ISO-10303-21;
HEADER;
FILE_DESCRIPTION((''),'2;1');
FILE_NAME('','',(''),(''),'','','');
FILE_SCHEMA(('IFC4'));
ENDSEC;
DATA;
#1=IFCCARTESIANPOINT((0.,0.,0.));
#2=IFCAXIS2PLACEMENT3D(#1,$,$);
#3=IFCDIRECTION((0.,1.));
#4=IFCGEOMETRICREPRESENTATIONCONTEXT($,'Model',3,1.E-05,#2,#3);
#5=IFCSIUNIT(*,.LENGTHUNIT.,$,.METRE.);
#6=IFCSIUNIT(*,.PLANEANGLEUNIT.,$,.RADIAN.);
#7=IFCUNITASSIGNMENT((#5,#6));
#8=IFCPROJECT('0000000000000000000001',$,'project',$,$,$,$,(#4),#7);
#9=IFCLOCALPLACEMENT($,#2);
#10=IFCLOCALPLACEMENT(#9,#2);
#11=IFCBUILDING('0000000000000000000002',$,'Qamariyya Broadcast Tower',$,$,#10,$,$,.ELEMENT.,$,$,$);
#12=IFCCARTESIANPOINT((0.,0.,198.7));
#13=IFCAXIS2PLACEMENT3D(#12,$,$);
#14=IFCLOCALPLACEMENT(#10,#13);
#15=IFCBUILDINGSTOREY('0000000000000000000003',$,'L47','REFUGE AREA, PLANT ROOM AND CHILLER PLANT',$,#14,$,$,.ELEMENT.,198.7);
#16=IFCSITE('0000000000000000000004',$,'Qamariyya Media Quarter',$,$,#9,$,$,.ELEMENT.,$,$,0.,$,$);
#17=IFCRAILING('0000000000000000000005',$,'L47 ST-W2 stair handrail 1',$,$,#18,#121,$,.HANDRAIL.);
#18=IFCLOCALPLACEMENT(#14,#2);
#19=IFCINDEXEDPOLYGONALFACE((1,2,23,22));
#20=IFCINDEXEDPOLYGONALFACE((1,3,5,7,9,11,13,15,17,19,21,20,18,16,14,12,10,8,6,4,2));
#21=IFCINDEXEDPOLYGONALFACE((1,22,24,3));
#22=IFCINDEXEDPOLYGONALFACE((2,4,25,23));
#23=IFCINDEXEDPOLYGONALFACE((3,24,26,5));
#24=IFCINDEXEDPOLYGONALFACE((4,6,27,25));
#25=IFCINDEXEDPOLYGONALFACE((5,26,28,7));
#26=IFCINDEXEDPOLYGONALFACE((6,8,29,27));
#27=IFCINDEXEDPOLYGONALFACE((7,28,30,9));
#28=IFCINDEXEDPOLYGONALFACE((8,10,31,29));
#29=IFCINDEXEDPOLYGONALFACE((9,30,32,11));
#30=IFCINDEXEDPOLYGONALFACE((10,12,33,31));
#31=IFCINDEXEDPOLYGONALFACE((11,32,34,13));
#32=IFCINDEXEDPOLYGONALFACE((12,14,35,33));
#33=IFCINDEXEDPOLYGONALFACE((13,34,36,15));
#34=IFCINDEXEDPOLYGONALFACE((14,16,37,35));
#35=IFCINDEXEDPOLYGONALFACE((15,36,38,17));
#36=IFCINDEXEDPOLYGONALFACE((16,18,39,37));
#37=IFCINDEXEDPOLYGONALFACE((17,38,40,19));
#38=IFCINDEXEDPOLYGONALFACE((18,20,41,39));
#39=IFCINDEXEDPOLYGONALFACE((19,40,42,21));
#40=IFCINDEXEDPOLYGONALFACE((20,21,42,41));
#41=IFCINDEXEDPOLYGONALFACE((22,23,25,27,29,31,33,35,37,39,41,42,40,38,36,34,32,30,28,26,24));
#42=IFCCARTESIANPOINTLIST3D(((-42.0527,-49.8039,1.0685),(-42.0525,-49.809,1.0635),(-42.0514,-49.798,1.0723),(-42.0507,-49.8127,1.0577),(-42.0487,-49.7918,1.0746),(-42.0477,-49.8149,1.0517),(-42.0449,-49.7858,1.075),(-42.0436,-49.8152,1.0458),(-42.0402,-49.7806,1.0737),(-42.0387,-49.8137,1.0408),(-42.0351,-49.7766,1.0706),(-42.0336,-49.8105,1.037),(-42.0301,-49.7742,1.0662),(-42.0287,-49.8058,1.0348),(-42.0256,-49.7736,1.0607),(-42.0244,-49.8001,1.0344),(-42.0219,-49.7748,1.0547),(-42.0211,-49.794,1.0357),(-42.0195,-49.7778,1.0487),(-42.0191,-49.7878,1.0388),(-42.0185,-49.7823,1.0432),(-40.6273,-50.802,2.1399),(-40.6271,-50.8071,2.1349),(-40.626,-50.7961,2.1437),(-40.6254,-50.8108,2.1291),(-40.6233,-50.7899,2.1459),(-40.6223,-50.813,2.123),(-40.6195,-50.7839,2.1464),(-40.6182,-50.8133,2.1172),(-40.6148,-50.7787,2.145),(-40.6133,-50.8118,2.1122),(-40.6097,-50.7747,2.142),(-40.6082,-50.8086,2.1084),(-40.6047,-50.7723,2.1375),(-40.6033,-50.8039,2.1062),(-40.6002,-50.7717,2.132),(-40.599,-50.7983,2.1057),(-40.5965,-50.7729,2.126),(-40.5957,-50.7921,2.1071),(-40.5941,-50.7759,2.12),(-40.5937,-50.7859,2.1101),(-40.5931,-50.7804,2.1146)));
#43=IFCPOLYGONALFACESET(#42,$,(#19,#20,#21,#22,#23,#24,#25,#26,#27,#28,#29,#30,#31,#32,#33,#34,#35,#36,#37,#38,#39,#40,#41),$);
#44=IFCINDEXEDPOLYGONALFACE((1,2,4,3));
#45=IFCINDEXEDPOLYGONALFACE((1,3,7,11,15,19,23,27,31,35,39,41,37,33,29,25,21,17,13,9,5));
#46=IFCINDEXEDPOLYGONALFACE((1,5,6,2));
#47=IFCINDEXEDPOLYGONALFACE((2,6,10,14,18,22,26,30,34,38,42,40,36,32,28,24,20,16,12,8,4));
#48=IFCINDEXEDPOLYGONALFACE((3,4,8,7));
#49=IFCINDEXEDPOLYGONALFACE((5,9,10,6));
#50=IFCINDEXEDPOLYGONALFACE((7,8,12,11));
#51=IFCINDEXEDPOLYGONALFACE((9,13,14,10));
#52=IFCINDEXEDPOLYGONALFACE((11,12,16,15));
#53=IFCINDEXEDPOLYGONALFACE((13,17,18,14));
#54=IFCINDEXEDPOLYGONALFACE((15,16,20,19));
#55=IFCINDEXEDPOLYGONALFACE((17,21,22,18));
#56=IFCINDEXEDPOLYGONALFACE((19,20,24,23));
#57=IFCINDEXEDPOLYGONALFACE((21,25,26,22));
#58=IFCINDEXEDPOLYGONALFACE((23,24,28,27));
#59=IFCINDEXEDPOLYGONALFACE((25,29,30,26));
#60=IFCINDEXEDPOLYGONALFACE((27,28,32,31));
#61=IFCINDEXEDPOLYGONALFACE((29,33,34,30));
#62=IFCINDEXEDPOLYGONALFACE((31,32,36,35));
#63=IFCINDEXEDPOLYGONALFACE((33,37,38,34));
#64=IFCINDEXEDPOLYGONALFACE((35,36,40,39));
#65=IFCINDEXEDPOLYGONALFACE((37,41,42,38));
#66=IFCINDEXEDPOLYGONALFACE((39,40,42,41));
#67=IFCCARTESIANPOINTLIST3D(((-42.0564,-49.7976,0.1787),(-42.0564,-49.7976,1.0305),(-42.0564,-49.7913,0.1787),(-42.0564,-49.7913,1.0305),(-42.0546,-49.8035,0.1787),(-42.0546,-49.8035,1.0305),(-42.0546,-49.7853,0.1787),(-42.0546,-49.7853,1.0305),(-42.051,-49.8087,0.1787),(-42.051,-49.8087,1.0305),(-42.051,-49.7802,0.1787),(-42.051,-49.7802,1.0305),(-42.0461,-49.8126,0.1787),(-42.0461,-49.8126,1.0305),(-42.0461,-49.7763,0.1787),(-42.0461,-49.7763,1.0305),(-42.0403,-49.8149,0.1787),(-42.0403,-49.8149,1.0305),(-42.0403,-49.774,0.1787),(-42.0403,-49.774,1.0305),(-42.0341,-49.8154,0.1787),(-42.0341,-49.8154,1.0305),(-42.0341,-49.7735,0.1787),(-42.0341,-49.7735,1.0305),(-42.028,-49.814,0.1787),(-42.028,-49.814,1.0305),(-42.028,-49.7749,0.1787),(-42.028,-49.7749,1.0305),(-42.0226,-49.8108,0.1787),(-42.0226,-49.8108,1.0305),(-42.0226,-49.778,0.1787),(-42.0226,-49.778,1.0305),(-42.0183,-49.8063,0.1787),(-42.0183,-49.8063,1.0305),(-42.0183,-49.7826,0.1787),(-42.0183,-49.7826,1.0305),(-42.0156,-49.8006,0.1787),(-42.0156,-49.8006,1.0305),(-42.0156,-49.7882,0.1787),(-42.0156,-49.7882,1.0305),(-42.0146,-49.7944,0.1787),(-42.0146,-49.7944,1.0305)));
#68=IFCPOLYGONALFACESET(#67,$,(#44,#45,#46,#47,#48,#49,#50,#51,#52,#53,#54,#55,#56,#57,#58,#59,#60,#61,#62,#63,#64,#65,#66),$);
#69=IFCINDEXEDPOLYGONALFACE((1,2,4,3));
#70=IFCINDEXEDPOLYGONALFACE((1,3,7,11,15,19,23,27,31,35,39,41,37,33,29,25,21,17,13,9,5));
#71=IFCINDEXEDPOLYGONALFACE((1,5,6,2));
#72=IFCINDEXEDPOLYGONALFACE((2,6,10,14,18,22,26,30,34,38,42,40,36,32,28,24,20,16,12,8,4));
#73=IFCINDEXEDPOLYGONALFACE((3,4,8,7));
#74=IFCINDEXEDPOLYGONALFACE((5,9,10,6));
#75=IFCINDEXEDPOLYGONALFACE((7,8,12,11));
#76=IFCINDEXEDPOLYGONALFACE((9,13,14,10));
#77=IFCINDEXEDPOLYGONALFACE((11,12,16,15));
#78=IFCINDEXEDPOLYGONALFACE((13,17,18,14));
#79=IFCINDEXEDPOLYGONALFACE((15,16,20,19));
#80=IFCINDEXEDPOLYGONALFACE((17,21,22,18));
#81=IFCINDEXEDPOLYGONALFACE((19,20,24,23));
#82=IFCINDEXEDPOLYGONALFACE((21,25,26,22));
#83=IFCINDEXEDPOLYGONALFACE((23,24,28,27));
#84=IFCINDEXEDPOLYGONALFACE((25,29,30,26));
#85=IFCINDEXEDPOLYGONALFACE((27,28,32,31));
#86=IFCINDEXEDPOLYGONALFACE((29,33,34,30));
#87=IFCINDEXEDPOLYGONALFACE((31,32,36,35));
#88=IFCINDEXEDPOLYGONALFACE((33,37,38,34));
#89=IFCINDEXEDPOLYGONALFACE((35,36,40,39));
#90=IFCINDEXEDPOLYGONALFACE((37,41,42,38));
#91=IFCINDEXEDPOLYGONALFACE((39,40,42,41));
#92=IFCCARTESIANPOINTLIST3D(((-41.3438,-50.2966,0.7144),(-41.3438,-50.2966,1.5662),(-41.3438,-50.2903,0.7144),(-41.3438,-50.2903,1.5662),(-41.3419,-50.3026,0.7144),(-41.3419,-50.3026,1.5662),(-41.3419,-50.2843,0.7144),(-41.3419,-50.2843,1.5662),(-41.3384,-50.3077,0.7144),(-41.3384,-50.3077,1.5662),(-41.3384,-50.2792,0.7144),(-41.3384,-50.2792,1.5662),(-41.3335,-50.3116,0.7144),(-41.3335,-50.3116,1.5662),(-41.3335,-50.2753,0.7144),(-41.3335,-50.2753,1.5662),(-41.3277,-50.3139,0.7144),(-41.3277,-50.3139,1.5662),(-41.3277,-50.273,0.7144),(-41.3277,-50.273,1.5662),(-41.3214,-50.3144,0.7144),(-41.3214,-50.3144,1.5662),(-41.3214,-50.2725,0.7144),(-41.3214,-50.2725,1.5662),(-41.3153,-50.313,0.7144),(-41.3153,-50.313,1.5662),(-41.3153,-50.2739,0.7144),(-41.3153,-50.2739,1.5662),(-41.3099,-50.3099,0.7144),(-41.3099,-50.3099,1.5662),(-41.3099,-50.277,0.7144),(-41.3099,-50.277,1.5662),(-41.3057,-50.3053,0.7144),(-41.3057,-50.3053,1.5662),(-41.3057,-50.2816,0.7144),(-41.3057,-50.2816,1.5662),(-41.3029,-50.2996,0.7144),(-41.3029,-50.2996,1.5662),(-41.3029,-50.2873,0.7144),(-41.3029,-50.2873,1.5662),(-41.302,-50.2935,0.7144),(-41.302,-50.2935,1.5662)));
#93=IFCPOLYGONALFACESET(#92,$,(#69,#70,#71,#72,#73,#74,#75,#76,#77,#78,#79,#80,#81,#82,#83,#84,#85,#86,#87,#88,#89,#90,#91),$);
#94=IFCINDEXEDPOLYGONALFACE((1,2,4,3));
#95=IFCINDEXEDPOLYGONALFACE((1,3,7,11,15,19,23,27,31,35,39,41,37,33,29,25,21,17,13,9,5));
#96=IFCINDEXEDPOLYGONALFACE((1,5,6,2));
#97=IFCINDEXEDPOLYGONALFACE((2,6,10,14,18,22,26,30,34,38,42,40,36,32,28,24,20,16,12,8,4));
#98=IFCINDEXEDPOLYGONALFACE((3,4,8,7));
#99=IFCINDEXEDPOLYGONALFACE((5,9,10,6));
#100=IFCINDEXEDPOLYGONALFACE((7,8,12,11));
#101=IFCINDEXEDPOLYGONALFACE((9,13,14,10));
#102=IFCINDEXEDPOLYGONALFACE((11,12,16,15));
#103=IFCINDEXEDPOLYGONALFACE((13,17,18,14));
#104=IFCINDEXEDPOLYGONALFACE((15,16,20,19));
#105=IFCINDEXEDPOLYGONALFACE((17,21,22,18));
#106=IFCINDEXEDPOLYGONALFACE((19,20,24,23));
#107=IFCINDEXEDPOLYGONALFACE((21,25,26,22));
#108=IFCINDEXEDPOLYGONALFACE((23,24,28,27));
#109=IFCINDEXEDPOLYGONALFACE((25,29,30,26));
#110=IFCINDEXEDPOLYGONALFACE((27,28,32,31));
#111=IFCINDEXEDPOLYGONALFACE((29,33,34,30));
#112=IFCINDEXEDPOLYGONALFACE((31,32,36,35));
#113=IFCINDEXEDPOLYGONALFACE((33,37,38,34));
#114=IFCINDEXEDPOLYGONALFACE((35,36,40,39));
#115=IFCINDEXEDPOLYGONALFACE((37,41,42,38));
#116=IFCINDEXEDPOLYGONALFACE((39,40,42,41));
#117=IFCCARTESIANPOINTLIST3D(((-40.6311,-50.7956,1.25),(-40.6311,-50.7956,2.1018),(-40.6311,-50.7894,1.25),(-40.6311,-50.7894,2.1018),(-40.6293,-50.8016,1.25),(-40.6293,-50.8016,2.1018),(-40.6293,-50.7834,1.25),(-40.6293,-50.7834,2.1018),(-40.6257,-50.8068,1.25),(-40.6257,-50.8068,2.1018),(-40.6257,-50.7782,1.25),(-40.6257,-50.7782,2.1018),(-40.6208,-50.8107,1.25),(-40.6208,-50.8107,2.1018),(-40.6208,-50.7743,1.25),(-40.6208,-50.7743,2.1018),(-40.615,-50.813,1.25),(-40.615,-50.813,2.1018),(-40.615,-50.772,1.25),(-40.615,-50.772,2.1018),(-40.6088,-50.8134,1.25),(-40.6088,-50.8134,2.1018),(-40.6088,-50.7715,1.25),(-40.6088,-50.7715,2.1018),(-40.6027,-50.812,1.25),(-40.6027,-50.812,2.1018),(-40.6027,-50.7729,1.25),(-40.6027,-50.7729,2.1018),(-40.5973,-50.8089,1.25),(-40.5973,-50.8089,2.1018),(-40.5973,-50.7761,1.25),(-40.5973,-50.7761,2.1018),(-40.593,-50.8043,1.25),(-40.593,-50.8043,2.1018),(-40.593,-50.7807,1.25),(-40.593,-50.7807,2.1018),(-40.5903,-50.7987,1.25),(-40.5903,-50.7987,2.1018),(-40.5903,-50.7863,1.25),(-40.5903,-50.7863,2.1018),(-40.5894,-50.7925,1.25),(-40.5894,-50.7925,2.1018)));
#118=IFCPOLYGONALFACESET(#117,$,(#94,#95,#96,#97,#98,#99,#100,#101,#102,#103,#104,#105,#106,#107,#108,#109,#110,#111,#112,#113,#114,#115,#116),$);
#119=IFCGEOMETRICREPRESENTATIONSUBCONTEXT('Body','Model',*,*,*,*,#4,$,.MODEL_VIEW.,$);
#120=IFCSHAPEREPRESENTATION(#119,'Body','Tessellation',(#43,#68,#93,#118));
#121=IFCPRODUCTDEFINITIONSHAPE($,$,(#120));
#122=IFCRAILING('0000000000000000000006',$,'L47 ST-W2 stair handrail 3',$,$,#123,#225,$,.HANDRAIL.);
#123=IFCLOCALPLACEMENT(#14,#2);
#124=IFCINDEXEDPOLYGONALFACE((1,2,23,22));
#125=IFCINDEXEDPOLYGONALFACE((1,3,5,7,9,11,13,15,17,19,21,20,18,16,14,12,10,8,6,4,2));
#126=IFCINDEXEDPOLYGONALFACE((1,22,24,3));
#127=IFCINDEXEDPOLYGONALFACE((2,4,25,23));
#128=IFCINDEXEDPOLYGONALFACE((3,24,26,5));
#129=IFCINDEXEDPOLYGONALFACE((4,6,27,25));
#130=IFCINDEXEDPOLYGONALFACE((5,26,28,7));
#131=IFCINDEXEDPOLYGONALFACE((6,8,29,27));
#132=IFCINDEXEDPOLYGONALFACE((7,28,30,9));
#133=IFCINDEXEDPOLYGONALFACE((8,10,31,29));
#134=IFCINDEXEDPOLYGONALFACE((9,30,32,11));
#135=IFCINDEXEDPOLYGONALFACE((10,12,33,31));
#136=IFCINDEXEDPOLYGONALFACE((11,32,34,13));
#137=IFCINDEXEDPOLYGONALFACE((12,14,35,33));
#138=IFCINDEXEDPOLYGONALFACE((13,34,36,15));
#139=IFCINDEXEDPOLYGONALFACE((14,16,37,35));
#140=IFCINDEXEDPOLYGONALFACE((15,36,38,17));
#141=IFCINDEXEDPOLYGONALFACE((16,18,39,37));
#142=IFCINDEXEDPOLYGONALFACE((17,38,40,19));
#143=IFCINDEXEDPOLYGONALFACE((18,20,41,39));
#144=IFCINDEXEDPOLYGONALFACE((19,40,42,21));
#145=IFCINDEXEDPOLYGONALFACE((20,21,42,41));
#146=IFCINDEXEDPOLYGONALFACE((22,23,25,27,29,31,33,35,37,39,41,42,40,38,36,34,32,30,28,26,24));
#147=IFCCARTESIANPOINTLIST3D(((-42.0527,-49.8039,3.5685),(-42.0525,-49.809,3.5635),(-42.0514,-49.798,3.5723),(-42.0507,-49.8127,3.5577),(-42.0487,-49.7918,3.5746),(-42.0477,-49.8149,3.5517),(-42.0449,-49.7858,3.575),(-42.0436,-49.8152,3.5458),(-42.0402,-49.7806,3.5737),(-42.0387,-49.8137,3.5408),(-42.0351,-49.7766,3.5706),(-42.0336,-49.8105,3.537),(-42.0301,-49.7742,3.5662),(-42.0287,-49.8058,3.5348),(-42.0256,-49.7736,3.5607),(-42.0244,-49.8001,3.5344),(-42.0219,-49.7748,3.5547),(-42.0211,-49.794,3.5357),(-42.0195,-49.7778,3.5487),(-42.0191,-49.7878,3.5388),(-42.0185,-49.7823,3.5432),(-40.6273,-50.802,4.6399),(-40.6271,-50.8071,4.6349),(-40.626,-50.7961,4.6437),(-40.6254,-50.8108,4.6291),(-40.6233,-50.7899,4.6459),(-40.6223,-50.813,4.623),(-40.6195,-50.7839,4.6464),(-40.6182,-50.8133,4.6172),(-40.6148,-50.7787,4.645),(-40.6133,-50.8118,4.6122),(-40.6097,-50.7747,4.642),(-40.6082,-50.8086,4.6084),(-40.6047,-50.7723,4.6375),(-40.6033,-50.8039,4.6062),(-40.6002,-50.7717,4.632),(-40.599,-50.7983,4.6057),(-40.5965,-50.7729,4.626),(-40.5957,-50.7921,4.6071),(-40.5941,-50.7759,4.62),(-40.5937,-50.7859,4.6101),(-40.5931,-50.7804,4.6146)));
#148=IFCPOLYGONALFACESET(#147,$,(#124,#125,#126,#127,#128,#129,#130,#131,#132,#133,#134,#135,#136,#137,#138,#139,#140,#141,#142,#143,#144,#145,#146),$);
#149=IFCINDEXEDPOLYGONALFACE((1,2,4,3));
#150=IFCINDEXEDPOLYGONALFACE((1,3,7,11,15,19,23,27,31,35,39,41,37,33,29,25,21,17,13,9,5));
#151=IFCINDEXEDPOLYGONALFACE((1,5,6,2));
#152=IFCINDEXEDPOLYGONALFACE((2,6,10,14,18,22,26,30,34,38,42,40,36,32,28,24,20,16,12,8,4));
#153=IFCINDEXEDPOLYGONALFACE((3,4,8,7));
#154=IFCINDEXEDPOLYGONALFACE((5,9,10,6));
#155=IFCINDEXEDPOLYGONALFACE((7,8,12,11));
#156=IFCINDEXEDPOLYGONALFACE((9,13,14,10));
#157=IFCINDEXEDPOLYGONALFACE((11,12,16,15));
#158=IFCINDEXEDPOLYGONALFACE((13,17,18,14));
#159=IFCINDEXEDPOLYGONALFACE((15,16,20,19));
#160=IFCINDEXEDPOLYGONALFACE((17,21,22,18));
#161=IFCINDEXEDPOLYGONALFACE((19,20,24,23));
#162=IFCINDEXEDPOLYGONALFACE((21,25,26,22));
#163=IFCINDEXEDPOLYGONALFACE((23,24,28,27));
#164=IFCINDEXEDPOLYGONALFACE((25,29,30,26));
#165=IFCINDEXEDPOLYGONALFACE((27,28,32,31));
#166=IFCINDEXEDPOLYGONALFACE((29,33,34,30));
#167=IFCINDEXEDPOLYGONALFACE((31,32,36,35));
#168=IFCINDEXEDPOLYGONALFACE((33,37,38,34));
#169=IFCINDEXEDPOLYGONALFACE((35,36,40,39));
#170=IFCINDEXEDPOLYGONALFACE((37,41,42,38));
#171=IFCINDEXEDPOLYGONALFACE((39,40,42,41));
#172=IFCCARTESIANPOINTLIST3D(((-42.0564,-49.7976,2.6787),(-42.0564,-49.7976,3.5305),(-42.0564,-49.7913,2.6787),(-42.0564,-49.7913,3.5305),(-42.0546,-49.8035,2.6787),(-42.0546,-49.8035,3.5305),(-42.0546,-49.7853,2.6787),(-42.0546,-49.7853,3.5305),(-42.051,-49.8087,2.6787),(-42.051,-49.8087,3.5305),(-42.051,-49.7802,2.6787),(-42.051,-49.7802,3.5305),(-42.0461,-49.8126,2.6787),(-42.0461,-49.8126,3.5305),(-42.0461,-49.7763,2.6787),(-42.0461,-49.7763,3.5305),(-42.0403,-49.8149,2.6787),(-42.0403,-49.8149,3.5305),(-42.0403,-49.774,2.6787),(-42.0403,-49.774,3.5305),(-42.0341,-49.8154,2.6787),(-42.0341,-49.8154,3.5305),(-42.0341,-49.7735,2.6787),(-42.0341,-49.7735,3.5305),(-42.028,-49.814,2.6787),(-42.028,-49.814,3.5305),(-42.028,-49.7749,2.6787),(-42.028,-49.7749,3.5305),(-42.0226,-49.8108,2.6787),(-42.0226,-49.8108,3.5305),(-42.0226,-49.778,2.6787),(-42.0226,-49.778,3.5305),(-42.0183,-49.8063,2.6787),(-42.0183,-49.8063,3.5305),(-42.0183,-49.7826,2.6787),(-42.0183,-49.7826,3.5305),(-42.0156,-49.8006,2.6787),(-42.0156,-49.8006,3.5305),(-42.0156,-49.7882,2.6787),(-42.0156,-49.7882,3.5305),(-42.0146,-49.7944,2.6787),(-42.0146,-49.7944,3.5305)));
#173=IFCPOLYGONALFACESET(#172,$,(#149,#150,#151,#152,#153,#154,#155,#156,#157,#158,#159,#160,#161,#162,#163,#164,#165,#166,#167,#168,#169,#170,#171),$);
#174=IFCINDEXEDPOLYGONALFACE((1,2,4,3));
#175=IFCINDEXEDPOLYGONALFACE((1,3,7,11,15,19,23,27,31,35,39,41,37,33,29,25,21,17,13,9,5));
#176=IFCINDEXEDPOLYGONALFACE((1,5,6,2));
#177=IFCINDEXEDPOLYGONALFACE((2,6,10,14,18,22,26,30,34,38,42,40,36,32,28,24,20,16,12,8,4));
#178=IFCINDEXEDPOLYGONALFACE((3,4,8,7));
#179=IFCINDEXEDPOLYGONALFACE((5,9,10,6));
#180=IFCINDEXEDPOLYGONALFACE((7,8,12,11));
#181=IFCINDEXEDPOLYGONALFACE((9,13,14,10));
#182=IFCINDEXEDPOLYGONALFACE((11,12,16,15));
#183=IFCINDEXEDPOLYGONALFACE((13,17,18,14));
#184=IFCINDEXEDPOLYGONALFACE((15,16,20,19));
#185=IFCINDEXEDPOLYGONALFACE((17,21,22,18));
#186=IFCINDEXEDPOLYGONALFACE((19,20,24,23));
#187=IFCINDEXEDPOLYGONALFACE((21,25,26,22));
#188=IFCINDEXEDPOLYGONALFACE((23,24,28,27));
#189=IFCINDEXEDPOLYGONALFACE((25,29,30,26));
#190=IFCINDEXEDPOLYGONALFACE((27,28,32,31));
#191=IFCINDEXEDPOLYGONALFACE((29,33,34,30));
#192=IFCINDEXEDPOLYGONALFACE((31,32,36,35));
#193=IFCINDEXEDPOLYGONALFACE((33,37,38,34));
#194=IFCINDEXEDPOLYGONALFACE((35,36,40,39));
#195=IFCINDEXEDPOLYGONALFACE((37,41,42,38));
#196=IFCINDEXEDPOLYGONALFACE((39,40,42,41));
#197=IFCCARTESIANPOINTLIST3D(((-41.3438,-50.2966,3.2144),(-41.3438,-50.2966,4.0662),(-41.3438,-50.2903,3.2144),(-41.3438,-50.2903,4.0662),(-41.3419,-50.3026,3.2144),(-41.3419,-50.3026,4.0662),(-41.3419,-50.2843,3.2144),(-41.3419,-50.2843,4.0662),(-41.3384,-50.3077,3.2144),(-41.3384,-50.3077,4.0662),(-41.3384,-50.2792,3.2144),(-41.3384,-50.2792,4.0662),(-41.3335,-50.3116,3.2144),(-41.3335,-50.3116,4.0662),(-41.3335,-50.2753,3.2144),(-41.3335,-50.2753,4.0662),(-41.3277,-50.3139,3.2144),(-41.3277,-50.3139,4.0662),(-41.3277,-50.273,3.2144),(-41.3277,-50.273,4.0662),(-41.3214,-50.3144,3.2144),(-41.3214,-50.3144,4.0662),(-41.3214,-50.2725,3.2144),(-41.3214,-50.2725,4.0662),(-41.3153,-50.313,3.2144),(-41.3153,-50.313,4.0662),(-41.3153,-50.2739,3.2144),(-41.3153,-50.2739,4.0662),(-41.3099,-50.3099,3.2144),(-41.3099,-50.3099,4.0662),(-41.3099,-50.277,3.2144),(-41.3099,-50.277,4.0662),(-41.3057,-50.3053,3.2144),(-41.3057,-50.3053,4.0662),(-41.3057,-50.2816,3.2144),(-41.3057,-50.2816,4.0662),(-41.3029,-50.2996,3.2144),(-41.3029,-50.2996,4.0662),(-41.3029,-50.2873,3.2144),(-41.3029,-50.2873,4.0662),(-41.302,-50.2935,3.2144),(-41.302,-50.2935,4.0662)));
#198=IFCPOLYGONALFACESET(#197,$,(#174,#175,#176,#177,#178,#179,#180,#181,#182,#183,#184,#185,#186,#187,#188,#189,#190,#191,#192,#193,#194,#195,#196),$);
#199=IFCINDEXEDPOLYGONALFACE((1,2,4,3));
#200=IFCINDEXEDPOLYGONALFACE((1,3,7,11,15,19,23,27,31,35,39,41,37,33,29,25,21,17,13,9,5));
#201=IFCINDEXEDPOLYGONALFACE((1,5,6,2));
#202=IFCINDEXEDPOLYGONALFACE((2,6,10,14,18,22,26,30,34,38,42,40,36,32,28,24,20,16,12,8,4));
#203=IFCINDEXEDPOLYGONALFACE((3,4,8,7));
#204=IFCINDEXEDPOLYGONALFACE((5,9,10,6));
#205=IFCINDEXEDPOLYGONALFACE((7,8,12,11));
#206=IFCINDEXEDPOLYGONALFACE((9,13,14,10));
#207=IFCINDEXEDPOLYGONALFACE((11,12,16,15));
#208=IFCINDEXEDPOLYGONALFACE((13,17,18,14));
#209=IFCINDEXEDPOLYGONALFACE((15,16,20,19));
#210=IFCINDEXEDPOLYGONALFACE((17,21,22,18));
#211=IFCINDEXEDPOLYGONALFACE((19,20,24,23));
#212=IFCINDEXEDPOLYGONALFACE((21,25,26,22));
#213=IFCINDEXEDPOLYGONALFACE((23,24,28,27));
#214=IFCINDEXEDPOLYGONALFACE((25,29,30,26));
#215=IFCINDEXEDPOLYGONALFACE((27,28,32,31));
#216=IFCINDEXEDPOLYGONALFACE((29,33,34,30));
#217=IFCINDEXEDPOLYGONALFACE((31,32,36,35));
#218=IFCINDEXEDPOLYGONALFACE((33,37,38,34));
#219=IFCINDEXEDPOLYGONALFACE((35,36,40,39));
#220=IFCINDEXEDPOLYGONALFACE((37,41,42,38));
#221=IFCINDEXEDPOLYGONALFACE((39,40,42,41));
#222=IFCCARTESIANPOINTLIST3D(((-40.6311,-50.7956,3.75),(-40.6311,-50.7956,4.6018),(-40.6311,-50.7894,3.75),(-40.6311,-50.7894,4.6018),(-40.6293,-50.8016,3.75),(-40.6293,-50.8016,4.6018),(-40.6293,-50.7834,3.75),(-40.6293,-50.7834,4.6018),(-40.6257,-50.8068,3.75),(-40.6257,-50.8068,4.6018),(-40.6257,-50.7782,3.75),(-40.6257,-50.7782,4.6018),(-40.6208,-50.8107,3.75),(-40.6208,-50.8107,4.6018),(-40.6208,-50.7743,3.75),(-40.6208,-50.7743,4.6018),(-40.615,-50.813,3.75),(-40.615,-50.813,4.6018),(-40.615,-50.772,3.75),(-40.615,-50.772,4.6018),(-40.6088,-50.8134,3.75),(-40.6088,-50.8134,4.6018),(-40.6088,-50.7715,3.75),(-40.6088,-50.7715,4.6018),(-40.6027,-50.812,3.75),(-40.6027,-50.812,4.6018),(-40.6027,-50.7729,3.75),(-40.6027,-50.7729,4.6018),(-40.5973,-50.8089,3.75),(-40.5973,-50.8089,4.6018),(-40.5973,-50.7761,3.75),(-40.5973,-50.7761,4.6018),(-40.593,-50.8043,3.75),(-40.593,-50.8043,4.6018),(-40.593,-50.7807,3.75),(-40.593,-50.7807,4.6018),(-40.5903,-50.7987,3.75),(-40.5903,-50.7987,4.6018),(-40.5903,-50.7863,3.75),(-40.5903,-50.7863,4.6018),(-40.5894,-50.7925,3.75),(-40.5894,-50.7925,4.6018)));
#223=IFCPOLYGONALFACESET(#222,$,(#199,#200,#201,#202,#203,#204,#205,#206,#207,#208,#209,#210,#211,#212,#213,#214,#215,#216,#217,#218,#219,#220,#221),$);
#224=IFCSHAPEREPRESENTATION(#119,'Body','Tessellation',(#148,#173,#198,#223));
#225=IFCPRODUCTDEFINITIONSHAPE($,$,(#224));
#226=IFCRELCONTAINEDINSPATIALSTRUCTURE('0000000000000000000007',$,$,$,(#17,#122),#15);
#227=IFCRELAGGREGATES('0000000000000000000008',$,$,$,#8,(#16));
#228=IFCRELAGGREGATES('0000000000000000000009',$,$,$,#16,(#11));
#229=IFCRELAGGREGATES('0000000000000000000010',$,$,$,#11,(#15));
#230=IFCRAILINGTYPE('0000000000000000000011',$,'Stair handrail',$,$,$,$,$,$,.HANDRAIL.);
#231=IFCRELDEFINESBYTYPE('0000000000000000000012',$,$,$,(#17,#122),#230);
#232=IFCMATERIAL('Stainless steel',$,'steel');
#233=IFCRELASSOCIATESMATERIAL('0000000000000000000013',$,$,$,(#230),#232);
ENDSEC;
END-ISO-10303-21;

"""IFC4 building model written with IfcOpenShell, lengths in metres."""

from ifc_helpers import new_model, si_unit, direction, frame, origin, origin_2d, place, context, subcontext, project, spatial, circle, extrude, material, type_object, element, save


model = new_model("IFC4")

# Units and contexts
model_context = context("Model", 3, precision=1e-05, world=origin(), true_north=direction((0.0, 1.0)))
body_context = subcontext(model_context, "Body", "Model", "MODEL_VIEW")
ifc_project = project(units=[si_unit("LENGTHUNIT", "METRE"), si_unit("PLANEANGLEUNIT", "RADIAN")], contexts=[model_context])

# Site, building, storey
site_placement = place(None, origin())
site = spatial("IfcSite", under=ifc_project, at=site_placement, Name="Qamariyya Media Quarter", CompositionType="ELEMENT", RefElevation=0.0)
building_placement = place(site_placement, origin())
building = spatial("IfcBuilding", under=site, at=building_placement, Name="Qamariyya Broadcast Tower", CompositionType="ELEMENT")
storey_placement = place(building_placement, frame((0.0, 0.0, 198.7)))
storey = spatial("IfcBuildingStorey", under=building, at=storey_placement, Name="L47", Description="REFUGE AREA, PLANT ROOM AND CHILLER PLANT", CompositionType="ELEMENT", Elevation=198.7)

# Railings
ifc_material_1 = material(Name="Stainless steel", Category="steel")
railing_type_1 = type_object("IfcRailingType", Name="Stair handrail", PredefinedType="HANDRAIL", material=ifc_material_1)
for number, where, name in (
    (1, (-42.0356, -49.7944, 0.1787), "L47 ST-W2 stair handrail 1"),
    (2, (-42.0356, -49.7944, 2.6787), "L47 ST-W2 stair handrail 3"),
):
    element("IfcRailing", number, at=place(storey_placement, frame(where)), inside=storey, type_object=railing_type_1, Name=name, PredefinedType="HANDRAIL", context=body_context, shape_type="SweptSolid", body=[
        extrude(circle(Radius=0.0239, at=origin_2d()), frame((0.0, 0.0, 0.876), z_axis=(0.697533, -0.48844, 0.524285), x_axis=(0.573594, 0.81914, 0.0)), (0.0, 0.0, 1.0), 2.0435),
        extrude(circle(Radius=0.021, at=origin_2d()), origin(), (0.0, 0.0, 1.0), 0.8518),
        extrude(circle(Radius=0.021, at=origin_2d()), frame((0.7126, -0.499, 0.5356)), (0.0, 0.0, 1.0), 0.8518),
        extrude(circle(Radius=0.021, at=origin_2d()), frame((1.4253, -0.998, 1.0713)), (0.0, 0.0, 1.0), 0.8518),
    ])

save(model, "model.ifc")
